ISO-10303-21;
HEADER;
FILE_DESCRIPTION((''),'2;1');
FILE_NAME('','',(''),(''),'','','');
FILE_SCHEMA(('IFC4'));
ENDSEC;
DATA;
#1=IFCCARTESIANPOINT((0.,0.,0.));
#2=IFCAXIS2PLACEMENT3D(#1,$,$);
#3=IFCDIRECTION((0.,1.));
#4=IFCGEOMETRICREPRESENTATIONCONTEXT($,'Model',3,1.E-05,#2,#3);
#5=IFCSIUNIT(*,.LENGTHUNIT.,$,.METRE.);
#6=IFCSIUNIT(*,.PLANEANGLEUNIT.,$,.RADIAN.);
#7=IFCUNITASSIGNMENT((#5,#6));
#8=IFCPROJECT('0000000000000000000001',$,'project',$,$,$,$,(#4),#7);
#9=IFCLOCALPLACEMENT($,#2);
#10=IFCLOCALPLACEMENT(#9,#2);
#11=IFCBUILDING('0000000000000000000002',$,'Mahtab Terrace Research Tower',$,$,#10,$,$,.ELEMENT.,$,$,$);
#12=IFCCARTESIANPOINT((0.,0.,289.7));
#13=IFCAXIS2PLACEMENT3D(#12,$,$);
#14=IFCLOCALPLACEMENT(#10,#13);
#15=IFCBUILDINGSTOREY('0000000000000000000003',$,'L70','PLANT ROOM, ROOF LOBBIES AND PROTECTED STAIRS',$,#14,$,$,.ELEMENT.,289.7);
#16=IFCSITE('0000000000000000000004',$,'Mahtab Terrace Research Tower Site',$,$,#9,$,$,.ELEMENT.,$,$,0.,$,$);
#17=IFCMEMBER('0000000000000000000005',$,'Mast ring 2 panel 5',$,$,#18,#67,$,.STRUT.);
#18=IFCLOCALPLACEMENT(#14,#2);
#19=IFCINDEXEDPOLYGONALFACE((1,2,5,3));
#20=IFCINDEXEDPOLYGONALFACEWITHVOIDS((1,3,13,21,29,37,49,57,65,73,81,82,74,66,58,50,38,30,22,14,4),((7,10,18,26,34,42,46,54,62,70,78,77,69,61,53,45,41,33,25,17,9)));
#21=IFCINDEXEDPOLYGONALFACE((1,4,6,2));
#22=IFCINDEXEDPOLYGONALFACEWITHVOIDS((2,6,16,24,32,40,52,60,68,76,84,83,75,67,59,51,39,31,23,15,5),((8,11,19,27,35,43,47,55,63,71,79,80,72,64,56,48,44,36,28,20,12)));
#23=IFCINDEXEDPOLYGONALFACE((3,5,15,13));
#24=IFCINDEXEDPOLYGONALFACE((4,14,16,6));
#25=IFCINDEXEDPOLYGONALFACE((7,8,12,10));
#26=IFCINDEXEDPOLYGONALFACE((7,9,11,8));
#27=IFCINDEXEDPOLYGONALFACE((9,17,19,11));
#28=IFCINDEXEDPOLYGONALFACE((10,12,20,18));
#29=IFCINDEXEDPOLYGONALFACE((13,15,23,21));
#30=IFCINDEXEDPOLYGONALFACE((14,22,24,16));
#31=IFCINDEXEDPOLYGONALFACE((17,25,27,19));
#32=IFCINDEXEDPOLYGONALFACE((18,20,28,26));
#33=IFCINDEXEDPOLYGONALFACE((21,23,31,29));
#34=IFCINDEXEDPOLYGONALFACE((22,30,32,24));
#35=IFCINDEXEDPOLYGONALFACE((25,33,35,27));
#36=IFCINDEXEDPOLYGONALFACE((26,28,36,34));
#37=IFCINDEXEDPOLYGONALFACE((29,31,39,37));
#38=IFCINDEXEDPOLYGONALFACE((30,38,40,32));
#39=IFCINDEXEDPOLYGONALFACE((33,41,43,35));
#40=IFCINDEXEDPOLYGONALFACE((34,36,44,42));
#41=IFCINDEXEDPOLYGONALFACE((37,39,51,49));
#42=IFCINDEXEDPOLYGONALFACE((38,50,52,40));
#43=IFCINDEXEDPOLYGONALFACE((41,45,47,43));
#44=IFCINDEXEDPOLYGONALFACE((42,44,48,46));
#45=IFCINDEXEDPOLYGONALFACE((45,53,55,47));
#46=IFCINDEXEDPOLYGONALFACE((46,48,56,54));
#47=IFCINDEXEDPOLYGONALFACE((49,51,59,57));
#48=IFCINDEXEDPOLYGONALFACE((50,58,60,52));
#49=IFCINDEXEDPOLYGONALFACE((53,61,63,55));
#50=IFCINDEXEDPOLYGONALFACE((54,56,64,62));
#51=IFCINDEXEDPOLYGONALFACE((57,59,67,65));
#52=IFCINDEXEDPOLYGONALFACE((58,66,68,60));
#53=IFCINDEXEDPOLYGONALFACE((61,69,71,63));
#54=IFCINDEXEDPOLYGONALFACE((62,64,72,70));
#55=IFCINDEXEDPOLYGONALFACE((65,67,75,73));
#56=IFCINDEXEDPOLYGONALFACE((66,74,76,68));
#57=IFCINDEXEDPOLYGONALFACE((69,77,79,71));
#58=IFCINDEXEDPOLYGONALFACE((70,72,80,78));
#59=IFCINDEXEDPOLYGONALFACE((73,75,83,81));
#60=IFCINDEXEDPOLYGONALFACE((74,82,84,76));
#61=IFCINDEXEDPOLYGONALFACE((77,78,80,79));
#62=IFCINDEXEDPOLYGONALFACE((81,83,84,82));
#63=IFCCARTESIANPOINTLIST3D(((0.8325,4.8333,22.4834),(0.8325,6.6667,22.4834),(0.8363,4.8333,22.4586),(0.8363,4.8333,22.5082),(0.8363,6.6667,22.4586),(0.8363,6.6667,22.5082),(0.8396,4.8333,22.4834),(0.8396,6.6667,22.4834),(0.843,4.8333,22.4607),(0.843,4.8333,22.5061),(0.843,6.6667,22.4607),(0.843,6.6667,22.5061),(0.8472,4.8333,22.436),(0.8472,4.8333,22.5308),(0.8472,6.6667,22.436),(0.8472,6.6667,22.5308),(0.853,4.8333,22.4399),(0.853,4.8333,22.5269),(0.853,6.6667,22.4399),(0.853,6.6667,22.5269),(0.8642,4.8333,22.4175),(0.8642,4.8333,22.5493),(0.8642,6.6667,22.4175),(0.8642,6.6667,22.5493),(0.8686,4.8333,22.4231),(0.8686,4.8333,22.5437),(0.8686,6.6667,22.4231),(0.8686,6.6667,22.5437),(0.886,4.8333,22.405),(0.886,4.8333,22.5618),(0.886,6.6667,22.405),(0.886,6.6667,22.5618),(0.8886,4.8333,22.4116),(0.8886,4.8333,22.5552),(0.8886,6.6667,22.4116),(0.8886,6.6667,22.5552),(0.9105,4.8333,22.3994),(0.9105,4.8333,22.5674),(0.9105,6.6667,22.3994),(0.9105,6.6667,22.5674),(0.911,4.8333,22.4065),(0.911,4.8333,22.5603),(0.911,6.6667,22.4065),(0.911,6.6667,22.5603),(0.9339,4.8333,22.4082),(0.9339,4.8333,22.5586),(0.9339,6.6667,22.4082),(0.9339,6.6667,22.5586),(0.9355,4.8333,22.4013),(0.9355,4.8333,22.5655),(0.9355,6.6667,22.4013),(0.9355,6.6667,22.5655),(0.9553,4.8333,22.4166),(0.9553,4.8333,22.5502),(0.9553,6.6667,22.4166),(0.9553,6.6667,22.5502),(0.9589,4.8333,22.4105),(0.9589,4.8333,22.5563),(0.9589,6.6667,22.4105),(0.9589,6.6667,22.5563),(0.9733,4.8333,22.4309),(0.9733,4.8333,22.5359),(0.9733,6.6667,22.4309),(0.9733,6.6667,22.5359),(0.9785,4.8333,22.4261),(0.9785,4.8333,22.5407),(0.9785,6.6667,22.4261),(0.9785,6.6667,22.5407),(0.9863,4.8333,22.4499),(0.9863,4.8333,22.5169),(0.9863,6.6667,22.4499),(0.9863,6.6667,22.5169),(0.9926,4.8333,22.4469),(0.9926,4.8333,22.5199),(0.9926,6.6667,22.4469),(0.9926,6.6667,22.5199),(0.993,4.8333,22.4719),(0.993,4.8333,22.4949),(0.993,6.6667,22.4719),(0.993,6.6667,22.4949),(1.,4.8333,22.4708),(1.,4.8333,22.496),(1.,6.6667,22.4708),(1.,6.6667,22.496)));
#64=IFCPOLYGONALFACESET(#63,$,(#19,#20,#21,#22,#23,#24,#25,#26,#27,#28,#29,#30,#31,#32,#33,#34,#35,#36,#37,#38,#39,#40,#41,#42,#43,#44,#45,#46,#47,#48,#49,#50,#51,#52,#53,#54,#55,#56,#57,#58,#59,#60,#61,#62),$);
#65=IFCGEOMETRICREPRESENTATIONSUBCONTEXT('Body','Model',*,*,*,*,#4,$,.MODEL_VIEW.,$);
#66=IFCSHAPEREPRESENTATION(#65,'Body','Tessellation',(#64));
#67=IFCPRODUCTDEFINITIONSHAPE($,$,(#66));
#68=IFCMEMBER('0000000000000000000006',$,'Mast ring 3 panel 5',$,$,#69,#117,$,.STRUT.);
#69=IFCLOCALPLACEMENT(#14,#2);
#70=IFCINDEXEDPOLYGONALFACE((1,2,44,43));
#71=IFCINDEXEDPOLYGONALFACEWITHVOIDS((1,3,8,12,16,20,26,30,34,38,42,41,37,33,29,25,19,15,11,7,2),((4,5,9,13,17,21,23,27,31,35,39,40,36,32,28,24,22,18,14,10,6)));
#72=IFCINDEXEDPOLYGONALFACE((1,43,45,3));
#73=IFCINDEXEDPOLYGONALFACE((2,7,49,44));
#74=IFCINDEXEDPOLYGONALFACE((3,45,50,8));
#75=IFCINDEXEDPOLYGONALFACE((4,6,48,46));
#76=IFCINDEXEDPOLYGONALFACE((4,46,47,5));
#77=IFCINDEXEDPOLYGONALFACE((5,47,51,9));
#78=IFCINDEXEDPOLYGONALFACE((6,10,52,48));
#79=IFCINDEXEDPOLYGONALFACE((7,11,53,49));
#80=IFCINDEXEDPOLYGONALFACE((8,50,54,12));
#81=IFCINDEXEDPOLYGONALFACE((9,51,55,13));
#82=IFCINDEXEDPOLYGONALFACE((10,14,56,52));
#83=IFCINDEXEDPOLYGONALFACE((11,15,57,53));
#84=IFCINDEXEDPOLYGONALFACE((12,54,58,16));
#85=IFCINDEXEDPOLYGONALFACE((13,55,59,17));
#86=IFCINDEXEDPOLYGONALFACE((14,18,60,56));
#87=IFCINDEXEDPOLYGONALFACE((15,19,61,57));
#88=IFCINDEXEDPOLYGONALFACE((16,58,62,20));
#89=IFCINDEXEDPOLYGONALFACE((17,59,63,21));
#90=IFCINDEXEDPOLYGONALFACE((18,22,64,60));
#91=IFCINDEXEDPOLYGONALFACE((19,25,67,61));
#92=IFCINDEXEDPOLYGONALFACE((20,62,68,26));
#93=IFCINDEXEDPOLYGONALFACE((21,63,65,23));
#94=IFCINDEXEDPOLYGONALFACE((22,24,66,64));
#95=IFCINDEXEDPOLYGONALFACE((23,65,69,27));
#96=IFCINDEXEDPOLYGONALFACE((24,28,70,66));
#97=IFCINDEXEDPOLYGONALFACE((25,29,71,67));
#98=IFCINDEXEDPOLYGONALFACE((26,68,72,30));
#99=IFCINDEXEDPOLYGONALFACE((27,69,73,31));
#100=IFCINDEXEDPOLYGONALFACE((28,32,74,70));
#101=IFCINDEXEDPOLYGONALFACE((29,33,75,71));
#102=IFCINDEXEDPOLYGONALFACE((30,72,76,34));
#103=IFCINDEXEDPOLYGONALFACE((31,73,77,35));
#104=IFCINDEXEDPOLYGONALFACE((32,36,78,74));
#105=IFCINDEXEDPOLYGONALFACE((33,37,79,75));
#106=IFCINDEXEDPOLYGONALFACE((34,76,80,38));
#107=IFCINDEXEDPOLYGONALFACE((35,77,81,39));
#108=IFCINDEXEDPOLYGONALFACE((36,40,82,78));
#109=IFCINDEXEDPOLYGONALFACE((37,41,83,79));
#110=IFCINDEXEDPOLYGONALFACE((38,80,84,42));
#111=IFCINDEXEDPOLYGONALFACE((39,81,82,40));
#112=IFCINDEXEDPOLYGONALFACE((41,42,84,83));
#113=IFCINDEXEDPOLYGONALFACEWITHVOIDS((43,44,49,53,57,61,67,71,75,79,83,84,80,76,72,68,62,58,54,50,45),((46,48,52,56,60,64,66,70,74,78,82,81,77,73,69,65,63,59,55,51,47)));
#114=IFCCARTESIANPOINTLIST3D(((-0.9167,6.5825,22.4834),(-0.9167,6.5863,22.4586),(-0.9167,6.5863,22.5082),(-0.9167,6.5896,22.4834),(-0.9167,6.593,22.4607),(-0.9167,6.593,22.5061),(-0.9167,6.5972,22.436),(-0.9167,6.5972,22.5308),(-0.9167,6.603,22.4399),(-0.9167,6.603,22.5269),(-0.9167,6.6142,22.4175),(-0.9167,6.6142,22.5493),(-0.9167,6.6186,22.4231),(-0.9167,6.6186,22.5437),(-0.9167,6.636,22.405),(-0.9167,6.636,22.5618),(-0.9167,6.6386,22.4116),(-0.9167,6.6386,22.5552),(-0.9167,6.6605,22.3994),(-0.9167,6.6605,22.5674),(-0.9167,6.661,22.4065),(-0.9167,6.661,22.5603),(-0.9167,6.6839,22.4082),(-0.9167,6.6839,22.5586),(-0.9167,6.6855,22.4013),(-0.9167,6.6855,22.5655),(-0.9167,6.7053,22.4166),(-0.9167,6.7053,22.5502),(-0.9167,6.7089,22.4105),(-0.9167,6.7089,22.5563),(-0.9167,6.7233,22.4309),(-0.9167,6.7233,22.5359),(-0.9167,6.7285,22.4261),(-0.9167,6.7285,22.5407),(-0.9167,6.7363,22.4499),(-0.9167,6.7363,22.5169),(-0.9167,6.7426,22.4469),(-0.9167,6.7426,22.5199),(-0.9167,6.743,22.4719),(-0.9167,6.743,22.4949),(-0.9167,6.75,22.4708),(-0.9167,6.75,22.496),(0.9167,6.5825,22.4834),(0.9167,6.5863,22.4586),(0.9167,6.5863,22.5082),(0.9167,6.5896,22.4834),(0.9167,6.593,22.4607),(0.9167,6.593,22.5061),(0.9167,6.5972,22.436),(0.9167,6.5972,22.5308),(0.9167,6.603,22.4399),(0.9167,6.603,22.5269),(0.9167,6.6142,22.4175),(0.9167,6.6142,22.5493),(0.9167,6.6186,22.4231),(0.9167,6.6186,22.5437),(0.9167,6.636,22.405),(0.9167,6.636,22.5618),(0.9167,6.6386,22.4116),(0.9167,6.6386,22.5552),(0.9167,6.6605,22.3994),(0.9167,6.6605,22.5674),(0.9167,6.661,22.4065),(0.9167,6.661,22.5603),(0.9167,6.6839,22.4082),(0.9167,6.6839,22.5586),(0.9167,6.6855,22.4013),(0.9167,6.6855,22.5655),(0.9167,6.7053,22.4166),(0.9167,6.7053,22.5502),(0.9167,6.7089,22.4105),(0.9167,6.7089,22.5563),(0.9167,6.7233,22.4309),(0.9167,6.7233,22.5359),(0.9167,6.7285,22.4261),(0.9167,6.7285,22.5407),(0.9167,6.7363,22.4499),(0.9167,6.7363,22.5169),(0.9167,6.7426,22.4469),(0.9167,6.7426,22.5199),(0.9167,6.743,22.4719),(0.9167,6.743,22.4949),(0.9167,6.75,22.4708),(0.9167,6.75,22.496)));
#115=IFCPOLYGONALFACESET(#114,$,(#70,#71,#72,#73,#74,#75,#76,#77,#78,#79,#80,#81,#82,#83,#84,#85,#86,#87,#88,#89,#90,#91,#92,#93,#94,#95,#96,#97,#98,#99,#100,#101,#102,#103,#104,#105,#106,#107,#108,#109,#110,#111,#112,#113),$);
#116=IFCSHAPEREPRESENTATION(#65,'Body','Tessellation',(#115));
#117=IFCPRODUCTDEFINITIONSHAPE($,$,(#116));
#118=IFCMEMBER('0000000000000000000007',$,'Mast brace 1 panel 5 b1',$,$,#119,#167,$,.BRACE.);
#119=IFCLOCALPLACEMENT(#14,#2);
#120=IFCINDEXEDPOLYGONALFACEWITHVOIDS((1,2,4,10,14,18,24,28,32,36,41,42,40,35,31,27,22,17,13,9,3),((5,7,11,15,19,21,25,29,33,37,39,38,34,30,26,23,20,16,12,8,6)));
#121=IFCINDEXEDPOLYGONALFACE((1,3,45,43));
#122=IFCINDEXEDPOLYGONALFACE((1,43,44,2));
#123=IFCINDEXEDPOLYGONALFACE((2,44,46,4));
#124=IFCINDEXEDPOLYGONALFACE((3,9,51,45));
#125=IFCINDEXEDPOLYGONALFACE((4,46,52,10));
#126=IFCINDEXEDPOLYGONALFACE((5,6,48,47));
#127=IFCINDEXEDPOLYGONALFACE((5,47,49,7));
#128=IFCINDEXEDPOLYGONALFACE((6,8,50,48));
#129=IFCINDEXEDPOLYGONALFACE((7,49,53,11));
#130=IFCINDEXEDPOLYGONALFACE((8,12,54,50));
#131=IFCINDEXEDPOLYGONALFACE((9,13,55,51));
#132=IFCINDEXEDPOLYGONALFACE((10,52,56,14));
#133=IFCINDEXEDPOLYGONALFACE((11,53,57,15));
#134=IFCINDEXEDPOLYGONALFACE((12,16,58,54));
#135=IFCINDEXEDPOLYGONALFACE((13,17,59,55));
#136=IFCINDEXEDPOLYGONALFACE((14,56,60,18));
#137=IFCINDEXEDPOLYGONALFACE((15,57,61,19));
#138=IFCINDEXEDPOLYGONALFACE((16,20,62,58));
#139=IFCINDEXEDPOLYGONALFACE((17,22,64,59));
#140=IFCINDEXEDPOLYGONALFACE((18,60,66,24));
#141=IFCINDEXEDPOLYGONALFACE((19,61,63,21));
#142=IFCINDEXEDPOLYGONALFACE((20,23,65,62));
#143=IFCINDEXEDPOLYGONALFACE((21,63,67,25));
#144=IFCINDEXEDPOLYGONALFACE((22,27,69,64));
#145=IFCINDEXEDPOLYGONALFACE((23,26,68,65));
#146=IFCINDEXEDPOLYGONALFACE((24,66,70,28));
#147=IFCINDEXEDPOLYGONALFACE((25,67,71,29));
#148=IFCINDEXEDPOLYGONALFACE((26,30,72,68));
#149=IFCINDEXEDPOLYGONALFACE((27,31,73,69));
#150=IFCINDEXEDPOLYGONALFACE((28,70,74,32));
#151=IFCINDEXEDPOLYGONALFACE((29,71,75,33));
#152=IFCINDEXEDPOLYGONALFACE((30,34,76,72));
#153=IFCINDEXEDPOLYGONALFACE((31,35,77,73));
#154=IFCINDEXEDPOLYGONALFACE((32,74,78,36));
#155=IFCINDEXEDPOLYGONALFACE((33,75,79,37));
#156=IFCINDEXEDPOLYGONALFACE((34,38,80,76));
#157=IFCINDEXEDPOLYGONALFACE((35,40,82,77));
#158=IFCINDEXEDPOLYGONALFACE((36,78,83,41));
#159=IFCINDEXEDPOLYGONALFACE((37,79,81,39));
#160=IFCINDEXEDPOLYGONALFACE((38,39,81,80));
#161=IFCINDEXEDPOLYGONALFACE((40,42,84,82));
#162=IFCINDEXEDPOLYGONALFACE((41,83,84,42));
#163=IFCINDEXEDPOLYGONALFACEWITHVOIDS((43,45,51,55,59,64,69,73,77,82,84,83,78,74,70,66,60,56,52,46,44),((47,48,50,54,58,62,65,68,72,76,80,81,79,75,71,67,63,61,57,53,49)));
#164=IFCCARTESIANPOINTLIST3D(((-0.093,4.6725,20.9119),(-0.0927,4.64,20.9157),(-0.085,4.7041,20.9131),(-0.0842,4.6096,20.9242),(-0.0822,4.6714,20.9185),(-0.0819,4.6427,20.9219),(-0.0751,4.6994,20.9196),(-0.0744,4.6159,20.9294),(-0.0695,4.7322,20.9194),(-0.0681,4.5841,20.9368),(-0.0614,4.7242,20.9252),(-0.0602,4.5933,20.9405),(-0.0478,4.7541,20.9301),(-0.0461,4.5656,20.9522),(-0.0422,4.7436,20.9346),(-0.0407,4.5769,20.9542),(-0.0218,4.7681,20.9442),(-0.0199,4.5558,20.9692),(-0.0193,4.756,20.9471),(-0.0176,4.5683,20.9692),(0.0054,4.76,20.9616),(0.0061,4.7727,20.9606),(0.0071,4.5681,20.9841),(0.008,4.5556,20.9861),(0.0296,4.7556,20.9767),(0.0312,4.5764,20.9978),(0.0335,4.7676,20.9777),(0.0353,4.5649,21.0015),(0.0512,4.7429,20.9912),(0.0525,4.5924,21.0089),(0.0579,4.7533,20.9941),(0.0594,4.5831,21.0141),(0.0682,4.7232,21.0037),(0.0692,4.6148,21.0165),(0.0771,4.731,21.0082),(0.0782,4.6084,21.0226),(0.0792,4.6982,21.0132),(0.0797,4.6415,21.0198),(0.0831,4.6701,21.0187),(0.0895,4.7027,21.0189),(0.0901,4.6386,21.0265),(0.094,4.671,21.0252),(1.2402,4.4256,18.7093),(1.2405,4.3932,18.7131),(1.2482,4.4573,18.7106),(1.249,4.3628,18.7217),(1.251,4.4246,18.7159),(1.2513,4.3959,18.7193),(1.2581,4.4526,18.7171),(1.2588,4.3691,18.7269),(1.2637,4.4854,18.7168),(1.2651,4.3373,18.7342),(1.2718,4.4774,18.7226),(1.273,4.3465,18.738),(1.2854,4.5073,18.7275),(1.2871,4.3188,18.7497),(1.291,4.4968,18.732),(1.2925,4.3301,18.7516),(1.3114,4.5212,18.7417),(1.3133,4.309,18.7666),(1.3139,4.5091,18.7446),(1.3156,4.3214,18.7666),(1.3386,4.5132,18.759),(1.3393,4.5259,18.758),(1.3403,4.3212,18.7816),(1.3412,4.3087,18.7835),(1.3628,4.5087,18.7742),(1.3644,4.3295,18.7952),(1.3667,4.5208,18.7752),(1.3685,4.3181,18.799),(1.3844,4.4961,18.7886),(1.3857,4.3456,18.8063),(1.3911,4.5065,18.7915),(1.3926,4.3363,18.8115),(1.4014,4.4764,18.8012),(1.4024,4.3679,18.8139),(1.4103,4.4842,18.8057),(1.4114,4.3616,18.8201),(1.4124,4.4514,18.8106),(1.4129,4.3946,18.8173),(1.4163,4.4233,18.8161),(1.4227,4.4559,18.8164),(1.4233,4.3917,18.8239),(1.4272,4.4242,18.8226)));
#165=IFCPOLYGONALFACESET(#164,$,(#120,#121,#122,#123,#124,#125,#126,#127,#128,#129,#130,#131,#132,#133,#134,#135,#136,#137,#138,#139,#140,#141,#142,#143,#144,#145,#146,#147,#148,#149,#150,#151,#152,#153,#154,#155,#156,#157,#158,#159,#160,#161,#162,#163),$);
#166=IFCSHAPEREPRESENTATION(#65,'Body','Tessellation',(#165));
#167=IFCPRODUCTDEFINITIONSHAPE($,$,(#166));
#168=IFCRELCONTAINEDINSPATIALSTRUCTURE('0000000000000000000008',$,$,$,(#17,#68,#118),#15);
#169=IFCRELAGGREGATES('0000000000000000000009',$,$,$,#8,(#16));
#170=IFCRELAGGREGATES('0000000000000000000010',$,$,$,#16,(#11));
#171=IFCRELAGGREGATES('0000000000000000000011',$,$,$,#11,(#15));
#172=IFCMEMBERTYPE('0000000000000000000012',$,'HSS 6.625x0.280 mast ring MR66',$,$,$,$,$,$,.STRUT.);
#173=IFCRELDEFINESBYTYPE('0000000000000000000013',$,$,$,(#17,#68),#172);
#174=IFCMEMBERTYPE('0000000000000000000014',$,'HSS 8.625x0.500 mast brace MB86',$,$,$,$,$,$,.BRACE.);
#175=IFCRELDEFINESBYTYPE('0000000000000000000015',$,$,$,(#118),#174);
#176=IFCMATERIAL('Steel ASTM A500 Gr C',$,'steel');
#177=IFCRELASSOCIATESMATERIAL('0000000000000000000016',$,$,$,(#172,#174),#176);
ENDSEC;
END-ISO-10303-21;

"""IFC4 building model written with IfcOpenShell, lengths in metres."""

from ifc_helpers import new_model, si_unit, direction, frame, origin, origin_2d, place, context, subcontext, project, spatial, hollow_circle, extrude, material, material_profile, profile_set, type_object, element, save


model = new_model("IFC4")

# Units and contexts
model_context = context("Model", 3, precision=1e-05, world=origin(), true_north=direction((0.0, 1.0)))
body_context = subcontext(model_context, "Body", "Model", "MODEL_VIEW")
ifc_project = project(units=[si_unit("LENGTHUNIT", "METRE"), si_unit("PLANEANGLEUNIT", "RADIAN")], contexts=[model_context])

# Site, building, storey
site_placement = place(None, origin())
site = spatial("IfcSite", under=ifc_project, at=site_placement, Name="Mahtab Terrace Research Tower Site", CompositionType="ELEMENT", RefElevation=0.0)
building_placement = place(site_placement, origin())
building = spatial("IfcBuilding", under=site, at=building_placement, Name="Mahtab Terrace Research Tower", CompositionType="ELEMENT")
storey_placement = place(building_placement, frame((0.0, 0.0, 289.7)))
storey = spatial("IfcBuildingStorey", under=building, at=storey_placement, Name="L70", Description="PLANT ROOM, ROOF LOBBIES AND PROTECTED STAIRS", CompositionType="ELEMENT", Elevation=289.7)

# Members
ifc_material_1 = material(Name="Steel ASTM A500 Gr C", Category="steel")
ifc_material_profile_1 = material_profile(ifc_material_1, hollow_circle(Radius=0.0842, WallThickness=0.0071, at=origin_2d()), Name="HSS6.625X0.280")
ifc_profile_set_1 = profile_set([ifc_material_profile_1], Name="Steel ASTM A500 Gr C")
member_type_1 = type_object("IfcMemberType", Name="HSS 6.625x0.280 mast ring MR66", PredefinedType="STRUT", material=ifc_profile_set_1)
for number, where, z_axis, x_axis, name in (
    (1, (0.9167, 4.8333, 22.4834), (0.0, 1.0, 0.0), (-1.0, 0.0, 0.0), "Mast ring 2 panel 5"),
    (2, (0.9167, 6.6667, 22.4834), (-1.0, 0.0, 0.0), (0.0, -1.0, 0.0), "Mast ring 3 panel 5"),
):
    element("IfcMember", number, at=place(storey_placement, frame(where, z_axis=z_axis, x_axis=x_axis)), inside=storey, type_object=member_type_1, Name=name, PredefinedType="STRUT", context=body_context, shape_type="SweptSolid", body=[
        extrude(hollow_circle(Radius=0.0842, WallThickness=0.0071, at=origin_2d()), origin(), (0.0, 0.0, 1.0), 1.8335),
    ])
ifc_material_profile_2 = material_profile(ifc_material_1, hollow_circle(Radius=0.1096, WallThickness=0.0127, at=origin_2d()), Name="HSS8.625X0.500")
ifc_profile_set_2 = profile_set([ifc_material_profile_2], Name="Steel ASTM A500 Gr C")
member_type_2 = type_object("IfcMemberType", Name="HSS 8.625x0.500 mast brace MB86", PredefinedType="BRACE", material=ifc_profile_set_2)
member_1_placement = place(storey_placement, frame((1.3333, 4.4167, 18.7666), z_axis=(-0.515461, 0.095428, 0.851583), x_axis=(-0.182038, -0.983292, 0.0)))
element("IfcMember", 3, at=member_1_placement, inside=storey, type_object=member_type_2, Name="Mast brace 1 panel 5 b1", PredefinedType="BRACE", context=body_context, shape_type="SweptSolid", body=[
    extrude(hollow_circle(Radius=0.1096, WallThickness=0.0127, at=origin_2d()), origin(), (0.0, 0.0, 1.0), 2.5864),
])

save(model, "model.ifc")
